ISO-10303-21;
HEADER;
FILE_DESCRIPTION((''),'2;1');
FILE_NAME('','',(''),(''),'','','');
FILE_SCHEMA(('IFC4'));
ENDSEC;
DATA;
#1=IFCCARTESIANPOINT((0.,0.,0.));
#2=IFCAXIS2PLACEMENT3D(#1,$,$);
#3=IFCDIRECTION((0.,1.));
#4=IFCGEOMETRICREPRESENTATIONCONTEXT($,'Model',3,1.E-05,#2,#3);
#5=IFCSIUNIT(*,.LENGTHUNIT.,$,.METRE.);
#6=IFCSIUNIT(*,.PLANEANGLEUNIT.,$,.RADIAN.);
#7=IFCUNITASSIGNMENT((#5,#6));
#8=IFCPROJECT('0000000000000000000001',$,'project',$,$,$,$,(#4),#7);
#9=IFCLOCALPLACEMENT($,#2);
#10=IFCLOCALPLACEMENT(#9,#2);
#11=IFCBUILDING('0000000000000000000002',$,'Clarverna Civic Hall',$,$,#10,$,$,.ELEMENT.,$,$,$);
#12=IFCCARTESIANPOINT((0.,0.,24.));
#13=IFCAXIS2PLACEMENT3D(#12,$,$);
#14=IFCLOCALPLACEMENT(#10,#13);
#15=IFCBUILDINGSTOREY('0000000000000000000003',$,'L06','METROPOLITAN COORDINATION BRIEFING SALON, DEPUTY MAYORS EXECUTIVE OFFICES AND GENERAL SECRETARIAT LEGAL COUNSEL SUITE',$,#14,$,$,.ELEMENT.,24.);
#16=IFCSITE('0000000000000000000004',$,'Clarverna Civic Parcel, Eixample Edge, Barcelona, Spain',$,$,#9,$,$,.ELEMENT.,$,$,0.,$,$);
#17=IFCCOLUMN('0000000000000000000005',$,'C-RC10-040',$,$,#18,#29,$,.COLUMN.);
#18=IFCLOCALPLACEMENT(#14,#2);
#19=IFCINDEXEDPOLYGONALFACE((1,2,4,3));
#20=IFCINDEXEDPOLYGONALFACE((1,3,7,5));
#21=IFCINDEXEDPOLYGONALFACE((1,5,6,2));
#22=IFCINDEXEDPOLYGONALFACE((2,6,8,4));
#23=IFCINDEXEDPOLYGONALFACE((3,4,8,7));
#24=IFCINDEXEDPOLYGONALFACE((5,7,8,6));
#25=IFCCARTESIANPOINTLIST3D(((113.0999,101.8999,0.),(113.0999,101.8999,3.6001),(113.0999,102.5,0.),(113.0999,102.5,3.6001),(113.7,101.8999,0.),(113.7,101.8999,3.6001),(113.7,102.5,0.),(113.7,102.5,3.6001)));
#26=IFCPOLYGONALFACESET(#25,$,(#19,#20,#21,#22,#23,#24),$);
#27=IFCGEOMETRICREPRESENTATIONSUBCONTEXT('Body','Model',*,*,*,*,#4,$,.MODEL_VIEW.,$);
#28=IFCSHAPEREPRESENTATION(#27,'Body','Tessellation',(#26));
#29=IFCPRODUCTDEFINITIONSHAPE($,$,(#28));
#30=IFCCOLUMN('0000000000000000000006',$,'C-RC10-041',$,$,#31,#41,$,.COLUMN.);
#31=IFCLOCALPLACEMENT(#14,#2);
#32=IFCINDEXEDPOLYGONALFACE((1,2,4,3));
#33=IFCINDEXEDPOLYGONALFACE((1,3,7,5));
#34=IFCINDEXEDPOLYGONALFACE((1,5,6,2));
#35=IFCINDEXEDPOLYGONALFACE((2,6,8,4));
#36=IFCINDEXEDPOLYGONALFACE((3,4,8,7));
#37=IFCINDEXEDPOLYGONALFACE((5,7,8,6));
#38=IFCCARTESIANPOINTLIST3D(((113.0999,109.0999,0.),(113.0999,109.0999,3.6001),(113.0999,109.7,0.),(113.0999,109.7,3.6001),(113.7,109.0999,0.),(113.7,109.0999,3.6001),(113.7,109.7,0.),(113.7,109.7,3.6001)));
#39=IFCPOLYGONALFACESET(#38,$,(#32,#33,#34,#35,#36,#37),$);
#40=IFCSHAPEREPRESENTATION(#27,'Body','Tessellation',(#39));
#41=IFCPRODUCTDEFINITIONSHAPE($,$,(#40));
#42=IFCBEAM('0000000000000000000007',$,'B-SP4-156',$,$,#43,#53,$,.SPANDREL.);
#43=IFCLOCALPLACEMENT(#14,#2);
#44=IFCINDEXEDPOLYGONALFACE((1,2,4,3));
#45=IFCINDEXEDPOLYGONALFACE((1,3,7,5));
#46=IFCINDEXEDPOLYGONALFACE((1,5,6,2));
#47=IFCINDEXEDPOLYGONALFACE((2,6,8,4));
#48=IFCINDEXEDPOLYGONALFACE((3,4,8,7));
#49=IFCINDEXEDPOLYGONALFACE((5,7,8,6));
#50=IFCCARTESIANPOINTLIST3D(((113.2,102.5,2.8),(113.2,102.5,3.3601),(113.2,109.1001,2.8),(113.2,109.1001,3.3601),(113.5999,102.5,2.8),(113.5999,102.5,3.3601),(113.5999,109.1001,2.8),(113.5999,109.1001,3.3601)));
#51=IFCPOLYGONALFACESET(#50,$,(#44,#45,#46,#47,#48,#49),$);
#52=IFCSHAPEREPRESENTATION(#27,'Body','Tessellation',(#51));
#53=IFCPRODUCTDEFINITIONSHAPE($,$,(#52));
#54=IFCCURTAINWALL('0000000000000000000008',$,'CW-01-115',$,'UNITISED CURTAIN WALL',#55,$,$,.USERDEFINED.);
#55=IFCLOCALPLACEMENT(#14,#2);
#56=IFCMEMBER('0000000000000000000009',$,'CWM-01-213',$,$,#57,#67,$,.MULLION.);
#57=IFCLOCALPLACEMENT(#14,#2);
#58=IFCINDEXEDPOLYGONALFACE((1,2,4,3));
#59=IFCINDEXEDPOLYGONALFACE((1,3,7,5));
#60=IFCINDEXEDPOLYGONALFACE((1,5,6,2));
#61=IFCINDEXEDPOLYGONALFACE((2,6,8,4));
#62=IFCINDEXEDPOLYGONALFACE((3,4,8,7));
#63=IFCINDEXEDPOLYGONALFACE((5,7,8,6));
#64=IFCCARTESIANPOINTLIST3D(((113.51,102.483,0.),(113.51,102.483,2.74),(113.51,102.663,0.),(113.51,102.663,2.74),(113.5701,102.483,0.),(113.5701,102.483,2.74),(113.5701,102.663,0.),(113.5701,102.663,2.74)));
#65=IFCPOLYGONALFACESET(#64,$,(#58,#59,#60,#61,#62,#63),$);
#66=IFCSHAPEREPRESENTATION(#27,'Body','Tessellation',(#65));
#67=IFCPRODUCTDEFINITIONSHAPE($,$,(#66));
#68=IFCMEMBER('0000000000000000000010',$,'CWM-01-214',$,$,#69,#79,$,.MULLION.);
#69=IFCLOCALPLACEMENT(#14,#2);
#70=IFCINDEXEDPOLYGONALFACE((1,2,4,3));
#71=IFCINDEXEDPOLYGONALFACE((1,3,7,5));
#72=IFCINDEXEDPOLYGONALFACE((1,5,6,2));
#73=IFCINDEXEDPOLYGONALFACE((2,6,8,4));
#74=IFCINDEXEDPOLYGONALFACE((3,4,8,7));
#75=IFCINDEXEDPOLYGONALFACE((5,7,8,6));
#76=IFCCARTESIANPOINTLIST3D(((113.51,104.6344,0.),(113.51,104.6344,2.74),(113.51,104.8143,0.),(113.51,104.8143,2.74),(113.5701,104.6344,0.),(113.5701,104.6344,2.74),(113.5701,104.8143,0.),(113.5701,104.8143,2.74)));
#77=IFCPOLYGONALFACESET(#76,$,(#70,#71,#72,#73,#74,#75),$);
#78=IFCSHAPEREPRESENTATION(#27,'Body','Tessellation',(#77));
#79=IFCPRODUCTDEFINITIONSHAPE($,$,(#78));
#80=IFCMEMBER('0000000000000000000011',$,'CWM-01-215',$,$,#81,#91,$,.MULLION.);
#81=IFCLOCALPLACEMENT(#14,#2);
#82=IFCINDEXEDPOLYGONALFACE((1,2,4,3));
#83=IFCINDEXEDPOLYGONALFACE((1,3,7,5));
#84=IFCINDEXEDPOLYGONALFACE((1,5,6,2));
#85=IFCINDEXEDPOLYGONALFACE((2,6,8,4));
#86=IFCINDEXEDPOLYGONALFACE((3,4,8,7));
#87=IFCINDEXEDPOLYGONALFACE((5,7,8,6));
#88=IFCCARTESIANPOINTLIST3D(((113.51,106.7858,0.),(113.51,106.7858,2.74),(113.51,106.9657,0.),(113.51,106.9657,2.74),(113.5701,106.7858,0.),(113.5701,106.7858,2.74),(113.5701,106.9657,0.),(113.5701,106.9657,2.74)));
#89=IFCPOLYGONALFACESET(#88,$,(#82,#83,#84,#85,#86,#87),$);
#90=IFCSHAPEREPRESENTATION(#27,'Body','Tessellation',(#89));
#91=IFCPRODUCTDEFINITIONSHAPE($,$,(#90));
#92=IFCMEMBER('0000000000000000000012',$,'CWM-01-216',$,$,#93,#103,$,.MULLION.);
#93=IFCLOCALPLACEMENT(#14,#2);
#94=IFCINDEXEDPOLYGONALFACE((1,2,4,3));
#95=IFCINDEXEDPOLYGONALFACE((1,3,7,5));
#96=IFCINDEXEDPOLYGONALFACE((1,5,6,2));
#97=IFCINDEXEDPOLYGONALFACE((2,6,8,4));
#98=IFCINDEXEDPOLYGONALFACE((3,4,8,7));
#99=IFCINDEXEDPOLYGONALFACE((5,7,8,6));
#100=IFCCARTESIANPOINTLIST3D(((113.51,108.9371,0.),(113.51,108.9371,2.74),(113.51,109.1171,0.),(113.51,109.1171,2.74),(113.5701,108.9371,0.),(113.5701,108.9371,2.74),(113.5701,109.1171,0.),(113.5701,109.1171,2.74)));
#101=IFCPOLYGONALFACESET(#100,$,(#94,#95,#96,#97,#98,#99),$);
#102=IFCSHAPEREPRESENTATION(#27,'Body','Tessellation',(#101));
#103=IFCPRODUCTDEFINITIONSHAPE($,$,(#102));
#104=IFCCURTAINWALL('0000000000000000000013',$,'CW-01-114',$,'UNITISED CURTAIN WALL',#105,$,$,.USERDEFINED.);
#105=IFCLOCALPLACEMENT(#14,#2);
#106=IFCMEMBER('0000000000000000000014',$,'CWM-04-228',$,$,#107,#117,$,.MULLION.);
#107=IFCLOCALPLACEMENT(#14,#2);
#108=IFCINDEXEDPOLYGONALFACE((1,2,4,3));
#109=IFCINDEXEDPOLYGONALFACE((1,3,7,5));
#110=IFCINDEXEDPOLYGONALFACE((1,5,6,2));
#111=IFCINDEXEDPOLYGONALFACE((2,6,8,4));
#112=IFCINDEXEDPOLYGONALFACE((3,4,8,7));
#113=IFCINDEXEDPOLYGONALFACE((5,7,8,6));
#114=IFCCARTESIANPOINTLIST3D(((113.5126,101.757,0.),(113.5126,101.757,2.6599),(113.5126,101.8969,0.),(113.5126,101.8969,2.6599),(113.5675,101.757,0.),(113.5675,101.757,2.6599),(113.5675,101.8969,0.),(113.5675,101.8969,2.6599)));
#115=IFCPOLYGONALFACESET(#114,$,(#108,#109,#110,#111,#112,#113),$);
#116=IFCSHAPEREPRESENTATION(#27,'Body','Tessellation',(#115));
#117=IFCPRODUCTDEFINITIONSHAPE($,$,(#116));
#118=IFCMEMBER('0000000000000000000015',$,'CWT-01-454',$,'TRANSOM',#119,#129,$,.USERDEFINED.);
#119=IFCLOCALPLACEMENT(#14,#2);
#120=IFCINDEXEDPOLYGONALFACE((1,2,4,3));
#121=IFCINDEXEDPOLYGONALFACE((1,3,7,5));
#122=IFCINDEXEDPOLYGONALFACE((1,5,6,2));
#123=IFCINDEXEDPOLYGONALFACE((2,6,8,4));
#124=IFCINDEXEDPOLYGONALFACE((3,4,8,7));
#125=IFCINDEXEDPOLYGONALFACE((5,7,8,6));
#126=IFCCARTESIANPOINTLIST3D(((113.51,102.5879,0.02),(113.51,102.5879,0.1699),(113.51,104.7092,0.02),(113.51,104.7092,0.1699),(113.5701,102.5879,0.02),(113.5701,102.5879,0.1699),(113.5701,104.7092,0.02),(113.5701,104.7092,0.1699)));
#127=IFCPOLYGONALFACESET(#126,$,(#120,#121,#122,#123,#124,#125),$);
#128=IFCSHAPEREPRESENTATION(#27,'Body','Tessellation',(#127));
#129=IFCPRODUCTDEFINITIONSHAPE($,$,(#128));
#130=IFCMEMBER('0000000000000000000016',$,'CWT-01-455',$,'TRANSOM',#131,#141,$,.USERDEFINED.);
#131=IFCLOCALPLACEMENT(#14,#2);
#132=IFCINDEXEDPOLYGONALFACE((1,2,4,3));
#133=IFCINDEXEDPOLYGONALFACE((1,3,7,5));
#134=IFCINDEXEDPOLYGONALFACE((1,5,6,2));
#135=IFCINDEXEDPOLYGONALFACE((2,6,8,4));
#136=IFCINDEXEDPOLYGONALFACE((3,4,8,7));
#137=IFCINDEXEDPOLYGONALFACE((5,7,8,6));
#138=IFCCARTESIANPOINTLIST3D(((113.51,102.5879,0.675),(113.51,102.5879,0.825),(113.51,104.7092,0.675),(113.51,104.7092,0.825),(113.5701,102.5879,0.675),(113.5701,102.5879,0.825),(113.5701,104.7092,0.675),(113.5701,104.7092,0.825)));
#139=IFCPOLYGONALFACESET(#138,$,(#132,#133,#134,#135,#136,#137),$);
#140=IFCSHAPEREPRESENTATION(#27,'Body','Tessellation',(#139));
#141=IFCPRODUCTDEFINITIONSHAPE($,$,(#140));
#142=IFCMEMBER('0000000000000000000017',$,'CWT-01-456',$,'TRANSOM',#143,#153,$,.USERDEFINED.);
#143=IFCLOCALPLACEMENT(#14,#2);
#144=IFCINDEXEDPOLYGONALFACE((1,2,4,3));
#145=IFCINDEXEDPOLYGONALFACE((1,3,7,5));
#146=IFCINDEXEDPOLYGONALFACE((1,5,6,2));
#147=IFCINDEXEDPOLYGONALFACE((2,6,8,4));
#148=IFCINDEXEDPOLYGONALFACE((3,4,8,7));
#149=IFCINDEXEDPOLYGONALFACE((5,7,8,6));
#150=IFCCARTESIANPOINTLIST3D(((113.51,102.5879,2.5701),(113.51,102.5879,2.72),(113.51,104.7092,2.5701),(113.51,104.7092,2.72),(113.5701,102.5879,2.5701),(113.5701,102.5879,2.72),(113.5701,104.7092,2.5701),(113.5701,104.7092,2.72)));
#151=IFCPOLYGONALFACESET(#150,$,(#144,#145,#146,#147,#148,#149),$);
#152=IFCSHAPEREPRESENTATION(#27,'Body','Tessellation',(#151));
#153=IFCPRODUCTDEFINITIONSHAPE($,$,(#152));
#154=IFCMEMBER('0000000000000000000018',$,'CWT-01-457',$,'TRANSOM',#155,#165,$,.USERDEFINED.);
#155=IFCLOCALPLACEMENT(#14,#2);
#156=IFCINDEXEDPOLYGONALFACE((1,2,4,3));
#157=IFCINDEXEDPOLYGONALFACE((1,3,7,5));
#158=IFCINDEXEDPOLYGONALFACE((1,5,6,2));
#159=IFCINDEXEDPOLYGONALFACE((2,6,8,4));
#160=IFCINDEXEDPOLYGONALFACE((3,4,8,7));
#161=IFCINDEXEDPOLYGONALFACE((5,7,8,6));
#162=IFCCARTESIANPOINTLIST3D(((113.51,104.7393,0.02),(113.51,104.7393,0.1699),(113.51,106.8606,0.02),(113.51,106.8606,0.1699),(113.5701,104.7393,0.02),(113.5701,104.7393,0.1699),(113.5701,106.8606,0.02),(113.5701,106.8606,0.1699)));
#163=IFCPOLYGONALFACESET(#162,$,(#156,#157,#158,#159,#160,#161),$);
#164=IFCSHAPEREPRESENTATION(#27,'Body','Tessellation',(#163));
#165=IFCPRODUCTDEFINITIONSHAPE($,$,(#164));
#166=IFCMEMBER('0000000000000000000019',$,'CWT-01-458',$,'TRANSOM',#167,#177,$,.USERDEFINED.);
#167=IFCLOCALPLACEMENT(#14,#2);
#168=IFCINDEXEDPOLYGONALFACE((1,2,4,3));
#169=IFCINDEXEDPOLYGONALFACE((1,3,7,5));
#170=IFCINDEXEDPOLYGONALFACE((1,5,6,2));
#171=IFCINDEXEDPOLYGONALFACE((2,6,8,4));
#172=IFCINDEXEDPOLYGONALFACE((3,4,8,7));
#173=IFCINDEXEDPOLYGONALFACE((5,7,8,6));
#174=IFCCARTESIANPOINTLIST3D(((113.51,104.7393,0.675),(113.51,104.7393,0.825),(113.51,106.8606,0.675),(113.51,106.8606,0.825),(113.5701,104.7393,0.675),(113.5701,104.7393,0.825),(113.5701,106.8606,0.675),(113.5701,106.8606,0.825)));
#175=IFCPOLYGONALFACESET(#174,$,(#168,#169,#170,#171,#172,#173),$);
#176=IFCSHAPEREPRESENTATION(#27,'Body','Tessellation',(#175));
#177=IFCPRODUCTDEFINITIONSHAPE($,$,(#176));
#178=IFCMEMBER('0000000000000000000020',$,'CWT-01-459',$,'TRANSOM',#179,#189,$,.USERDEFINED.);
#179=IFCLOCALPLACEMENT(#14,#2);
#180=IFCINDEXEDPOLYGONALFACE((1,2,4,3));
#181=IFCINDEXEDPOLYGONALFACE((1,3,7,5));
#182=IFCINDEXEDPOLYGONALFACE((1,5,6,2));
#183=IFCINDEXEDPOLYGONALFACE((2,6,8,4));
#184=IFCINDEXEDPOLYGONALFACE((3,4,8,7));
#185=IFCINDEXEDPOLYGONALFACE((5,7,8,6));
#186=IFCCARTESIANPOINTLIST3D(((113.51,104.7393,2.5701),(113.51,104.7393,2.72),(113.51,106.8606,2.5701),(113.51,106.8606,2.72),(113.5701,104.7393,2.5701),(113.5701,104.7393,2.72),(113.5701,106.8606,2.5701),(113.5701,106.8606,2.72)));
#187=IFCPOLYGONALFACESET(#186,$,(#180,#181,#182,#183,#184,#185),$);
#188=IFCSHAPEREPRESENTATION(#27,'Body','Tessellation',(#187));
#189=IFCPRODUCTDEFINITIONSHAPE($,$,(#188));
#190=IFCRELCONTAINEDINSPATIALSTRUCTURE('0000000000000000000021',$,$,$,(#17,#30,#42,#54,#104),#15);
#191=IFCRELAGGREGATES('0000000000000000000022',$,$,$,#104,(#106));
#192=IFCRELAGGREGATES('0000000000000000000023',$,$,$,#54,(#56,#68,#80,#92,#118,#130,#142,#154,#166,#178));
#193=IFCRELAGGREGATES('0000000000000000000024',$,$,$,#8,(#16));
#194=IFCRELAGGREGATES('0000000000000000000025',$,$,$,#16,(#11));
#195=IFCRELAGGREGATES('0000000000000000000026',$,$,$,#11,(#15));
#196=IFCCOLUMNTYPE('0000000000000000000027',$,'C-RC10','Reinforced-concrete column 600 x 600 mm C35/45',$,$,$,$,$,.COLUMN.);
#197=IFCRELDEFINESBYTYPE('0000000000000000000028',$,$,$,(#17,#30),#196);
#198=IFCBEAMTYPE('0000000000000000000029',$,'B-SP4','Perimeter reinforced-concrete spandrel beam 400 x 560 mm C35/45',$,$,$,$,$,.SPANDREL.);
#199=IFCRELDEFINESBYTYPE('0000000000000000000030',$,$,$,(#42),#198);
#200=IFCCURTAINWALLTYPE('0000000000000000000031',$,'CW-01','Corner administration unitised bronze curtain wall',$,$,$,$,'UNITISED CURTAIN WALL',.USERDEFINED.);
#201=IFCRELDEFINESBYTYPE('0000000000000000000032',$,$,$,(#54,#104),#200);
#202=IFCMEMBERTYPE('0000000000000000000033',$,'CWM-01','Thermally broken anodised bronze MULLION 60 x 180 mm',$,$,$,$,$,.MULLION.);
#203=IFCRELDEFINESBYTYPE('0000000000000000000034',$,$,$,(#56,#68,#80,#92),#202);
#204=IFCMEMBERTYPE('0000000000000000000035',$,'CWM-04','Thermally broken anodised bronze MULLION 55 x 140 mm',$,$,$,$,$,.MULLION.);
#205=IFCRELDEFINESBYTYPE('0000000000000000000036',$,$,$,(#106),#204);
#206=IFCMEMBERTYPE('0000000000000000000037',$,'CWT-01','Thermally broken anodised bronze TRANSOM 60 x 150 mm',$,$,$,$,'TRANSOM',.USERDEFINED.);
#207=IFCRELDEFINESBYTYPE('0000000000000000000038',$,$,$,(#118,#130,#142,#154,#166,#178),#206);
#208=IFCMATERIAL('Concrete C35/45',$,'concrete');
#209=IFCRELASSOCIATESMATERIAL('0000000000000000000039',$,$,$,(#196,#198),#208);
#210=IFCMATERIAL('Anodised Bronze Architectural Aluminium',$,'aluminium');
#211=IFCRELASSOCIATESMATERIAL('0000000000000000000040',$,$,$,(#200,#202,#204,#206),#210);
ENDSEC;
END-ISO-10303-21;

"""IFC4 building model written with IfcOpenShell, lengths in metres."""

from ifc_helpers import new_model, si_unit, direction, frame, origin, origin_2d, place, context, subcontext, project, spatial, rectangle, extrude, material, material_profile, profile_set, type_object, element, aggregate, save


model = new_model("IFC4")

# Units and contexts
model_context = context("Model", 3, precision=1e-05, world=origin(), true_north=direction((0.0, 1.0)))
body_context = subcontext(model_context, "Body", "Model", "MODEL_VIEW")
ifc_project = project(units=[si_unit("LENGTHUNIT", "METRE"), si_unit("PLANEANGLEUNIT", "RADIAN")], contexts=[model_context])

# Site, building, storey
site_placement = place(None, origin())
site = spatial("IfcSite", under=ifc_project, at=site_placement, Name="Clarverna Civic Parcel, Eixample Edge, Barcelona, Spain", CompositionType="ELEMENT", RefElevation=0.0)
building_placement = place(site_placement, origin())
building = spatial("IfcBuilding", under=site, at=building_placement, Name="Clarverna Civic Hall", CompositionType="ELEMENT")
storey_placement = place(building_placement, frame((0.0, 0.0, 24.0)))
storey = spatial("IfcBuildingStorey", under=building, at=storey_placement, Name="L06", Description="METROPOLITAN COORDINATION BRIEFING SALON, DEPUTY MAYORS EXECUTIVE OFFICES AND GENERAL SECRETARIAT LEGAL COUNSEL SUITE", CompositionType="ELEMENT", Elevation=24.0)

# Columns
ifc_material_1 = material(Name="Concrete C35/45", Category="concrete")
ifc_material_profile_1 = material_profile(ifc_material_1, rectangle(XDim=0.6001, YDim=0.6001, at=origin_2d()), Name="RC 600x600")
ifc_profile_set_1 = profile_set([ifc_material_profile_1], Name="Concrete C35/45")
column_type = type_object("IfcColumnType", Name="C-RC10", Description="Reinforced-concrete column 600 x 600 mm C35/45", PredefinedType="COLUMN", material=ifc_profile_set_1)
for number, where, z_axis, x_axis, name in (
    (1, (113.3999, 102.2, 0.0), (0.0, 0.0, 1.0), (1.0, 0.0, 0.0), "C-RC10-040"),
    (2, (113.3999, 109.3999, 0.0), (0.0, 0.0, 1.0), (1.0, 0.0, 0.0), "C-RC10-041"),
):
    element("IfcColumn", number, at=place(storey_placement, frame(where, z_axis=z_axis, x_axis=x_axis)), inside=storey, type_object=column_type, Name=name, PredefinedType="COLUMN", context=body_context, shape_type="SweptSolid", body=[
        extrude(rectangle(XDim=0.6001, YDim=0.6001, at=origin_2d()), origin(), (0.0, 0.0, 1.0), 3.6001),
    ])

# Beam
ifc_material_profile_2 = material_profile(ifc_material_1, rectangle(XDim=0.3999, YDim=0.5601, at=origin_2d()), Name="RC 400x560")
ifc_profile_set_2 = profile_set([ifc_material_profile_2], Name="Concrete C35/45")
beam_type = type_object("IfcBeamType", Name="B-SP4", Description="Perimeter reinforced-concrete spandrel beam 400 x 560 mm C35/45", PredefinedType="SPANDREL", material=ifc_profile_set_2)
beam_placement = place(storey_placement, frame((113.3999, 102.5, 3.0801), z_axis=(0.0, 1.0, 0.0), x_axis=(-1.0, 0.0, 0.0)))
element("IfcBeam", 3, at=beam_placement, inside=storey, type_object=beam_type, Name="B-SP4-156", PredefinedType="SPANDREL", context=body_context, shape_type="SweptSolid", body=[
    extrude(rectangle(XDim=0.3999, YDim=0.5601, at=origin_2d()), origin(), (0.0, 0.0, 1.0), 6.6001),
])

# Curtain wall, members
ifc_material_2 = material(Name="Anodised Bronze Architectural Aluminium", Category="aluminium")
curtain_wall_type = type_object("IfcCurtainWallType", Name="CW-01", Description="Corner administration unitised bronze curtain wall", ElementType="UNITISED CURTAIN WALL", PredefinedType="USERDEFINED", material=ifc_material_2)
curtain_wall_1_placement = place(storey_placement, origin())
curtain_wall_1 = element("IfcCurtainWall", 4, at=curtain_wall_1_placement, inside=storey, type_object=curtain_wall_type, Name="CW-01-115", ObjectType="UNITISED CURTAIN WALL", PredefinedType="USERDEFINED")
ifc_material_profile_3 = material_profile(ifc_material_2, rectangle(XDim=0.0601, YDim=0.1799, at=origin_2d()), Name="BRONZE 60x180")
ifc_profile_set_3 = profile_set([ifc_material_profile_3], Name="Anodised Bronze Architectural Aluminium")
member_type_1 = type_object("IfcMemberType", Name="CWM-01", Description="Thermally broken anodised bronze MULLION 60 x 180 mm", PredefinedType="MULLION", material=ifc_profile_set_3)
member_1_placement = place(storey_placement, frame((113.54, 102.573, 0.0), z_axis=(0.0, 0.0, 1.0), x_axis=(1.0, 0.0, 0.0)))
member_1 = element("IfcMember", 5, at=member_1_placement, type_object=member_type_1, Name="CWM-01-213", PredefinedType="MULLION", context=body_context, shape_type="SweptSolid", body=[
    extrude(rectangle(XDim=0.0601, YDim=0.1799, at=origin_2d()), origin(), (0.0, 0.0, 1.0), 2.74),
])
member_2_placement = place(storey_placement, frame((113.54, 104.7244, 0.0), z_axis=(0.0, 0.0, 1.0), x_axis=(1.0, 0.0, 0.0)))
member_2 = element("IfcMember", 6, at=member_2_placement, type_object=member_type_1, Name="CWM-01-214", PredefinedType="MULLION", context=body_context, shape_type="SweptSolid", body=[
    extrude(rectangle(XDim=0.0601, YDim=0.1799, at=origin_2d()), origin(), (0.0, 0.0, 1.0), 2.74),
])
member_3_placement = place(storey_placement, frame((113.54, 106.8757, 0.0), z_axis=(0.0, 0.0, 1.0), x_axis=(1.0, 0.0, 0.0)))
member_3 = element("IfcMember", 7, at=member_3_placement, type_object=member_type_1, Name="CWM-01-215", PredefinedType="MULLION", context=body_context, shape_type="SweptSolid", body=[
    extrude(rectangle(XDim=0.0601, YDim=0.1799, at=origin_2d()), origin(), (0.0, 0.0, 1.0), 2.74),
])
member_4_placement = place(storey_placement, frame((113.54, 109.0271, 0.0), z_axis=(0.0, 0.0, 1.0), x_axis=(1.0, 0.0, 0.0)))
member_4 = element("IfcMember", 8, at=member_4_placement, type_object=member_type_1, Name="CWM-01-216", PredefinedType="MULLION", context=body_context, shape_type="SweptSolid", body=[
    extrude(rectangle(XDim=0.0601, YDim=0.1799, at=origin_2d()), origin(), (0.0, 0.0, 1.0), 2.74),
])

# Curtain wall, member
curtain_wall_2_placement = place(storey_placement, origin())
curtain_wall_2 = element("IfcCurtainWall", 9, at=curtain_wall_2_placement, inside=storey, type_object=curtain_wall_type, Name="CW-01-114", ObjectType="UNITISED CURTAIN WALL", PredefinedType="USERDEFINED")
ifc_material_profile_4 = material_profile(ifc_material_2, rectangle(XDim=0.0549, YDim=0.1399, at=origin_2d()), Name="BRONZE 55x140")
ifc_profile_set_4 = profile_set([ifc_material_profile_4], Name="Anodised Bronze Architectural Aluminium")
member_type_2 = type_object("IfcMemberType", Name="CWM-04", Description="Thermally broken anodised bronze MULLION 55 x 140 mm", PredefinedType="MULLION", material=ifc_profile_set_4)
member_5_placement = place(storey_placement, frame((113.54, 101.8269, 0.0), z_axis=(0.0, 0.0, 1.0), x_axis=(1.0, 0.0, 0.0)))
member_5 = element("IfcMember", 10, at=member_5_placement, type_object=member_type_2, Name="CWM-04-228", PredefinedType="MULLION", context=body_context, shape_type="SweptSolid", body=[
    extrude(rectangle(XDim=0.0549, YDim=0.1399, at=origin_2d()), origin(), (0.0, 0.0, 1.0), 2.6599),
])

# Members
ifc_material_profile_5 = material_profile(ifc_material_2, rectangle(XDim=0.0601, YDim=0.1499, at=origin_2d()), Name="BRONZE 60x150")
ifc_profile_set_5 = profile_set([ifc_material_profile_5], Name="Anodised Bronze Architectural Aluminium")
member_type_3 = type_object("IfcMemberType", Name="CWT-01", Description="Thermally broken anodised bronze TRANSOM 60 x 150 mm", ElementType="TRANSOM", PredefinedType="USERDEFINED", material=ifc_profile_set_5)
member_6_placement = place(storey_placement, frame((113.54, 102.5879, 0.095), z_axis=(0.0, 1.0, 0.0), x_axis=(-1.0, 0.0, 0.0)))
member_6 = element("IfcMember", 11, at=member_6_placement, type_object=member_type_3, Name="CWT-01-454", ObjectType="TRANSOM", PredefinedType="USERDEFINED", context=body_context, shape_type="SweptSolid", body=[
    extrude(rectangle(XDim=0.0601, YDim=0.1499, at=origin_2d()), origin(), (0.0, 0.0, 1.0), 2.1213),
])
member_7_placement = place(storey_placement, frame((113.54, 102.5879, 0.75), z_axis=(0.0, 1.0, 0.0), x_axis=(-1.0, 0.0, 0.0)))
member_7 = element("IfcMember", 12, at=member_7_placement, type_object=member_type_3, Name="CWT-01-455", ObjectType="TRANSOM", PredefinedType="USERDEFINED", context=body_context, shape_type="SweptSolid", body=[
    extrude(rectangle(XDim=0.0601, YDim=0.1499, at=origin_2d()), origin(), (0.0, 0.0, 1.0), 2.1213),
])
member_8_placement = place(storey_placement, frame((113.54, 102.5879, 2.645), z_axis=(0.0, 1.0, 0.0), x_axis=(-1.0, 0.0, 0.0)))
member_8 = element("IfcMember", 13, at=member_8_placement, type_object=member_type_3, Name="CWT-01-456", ObjectType="TRANSOM", PredefinedType="USERDEFINED", context=body_context, shape_type="SweptSolid", body=[
    extrude(rectangle(XDim=0.0601, YDim=0.1499, at=origin_2d()), origin(), (0.0, 0.0, 1.0), 2.1213),
])
member_9_placement = place(storey_placement, frame((113.54, 104.7393, 0.095), z_axis=(0.0, 1.0, 0.0), x_axis=(-1.0, 0.0, 0.0)))
member_9 = element("IfcMember", 14, at=member_9_placement, type_object=member_type_3, Name="CWT-01-457", ObjectType="TRANSOM", PredefinedType="USERDEFINED", context=body_context, shape_type="SweptSolid", body=[
    extrude(rectangle(XDim=0.0601, YDim=0.1499, at=origin_2d()), origin(), (0.0, 0.0, 1.0), 2.1213),
])
member_10_placement = place(storey_placement, frame((113.54, 104.7393, 0.75), z_axis=(0.0, 1.0, 0.0), x_axis=(-1.0, 0.0, 0.0)))
member_10 = element("IfcMember", 15, at=member_10_placement, type_object=member_type_3, Name="CWT-01-458", ObjectType="TRANSOM", PredefinedType="USERDEFINED", context=body_context, shape_type="SweptSolid", body=[
    extrude(rectangle(XDim=0.0601, YDim=0.1499, at=origin_2d()), origin(), (0.0, 0.0, 1.0), 2.1213),
])
member_11_placement = place(storey_placement, frame((113.54, 104.7393, 2.645), z_axis=(0.0, 1.0, 0.0), x_axis=(-1.0, 0.0, 0.0)))
member_11 = element("IfcMember", 16, at=member_11_placement, type_object=member_type_3, Name="CWT-01-459", ObjectType="TRANSOM", PredefinedType="USERDEFINED", context=body_context, shape_type="SweptSolid", body=[
    extrude(rectangle(XDim=0.0601, YDim=0.1499, at=origin_2d()), origin(), (0.0, 0.0, 1.0), 2.1213),
])

aggregate(curtain_wall_2, [member_5])
aggregate(curtain_wall_1, [member_1, member_2, member_3, member_4, member_6, member_7, member_8, member_9, member_10, member_11])

save(model, "model.ifc")
